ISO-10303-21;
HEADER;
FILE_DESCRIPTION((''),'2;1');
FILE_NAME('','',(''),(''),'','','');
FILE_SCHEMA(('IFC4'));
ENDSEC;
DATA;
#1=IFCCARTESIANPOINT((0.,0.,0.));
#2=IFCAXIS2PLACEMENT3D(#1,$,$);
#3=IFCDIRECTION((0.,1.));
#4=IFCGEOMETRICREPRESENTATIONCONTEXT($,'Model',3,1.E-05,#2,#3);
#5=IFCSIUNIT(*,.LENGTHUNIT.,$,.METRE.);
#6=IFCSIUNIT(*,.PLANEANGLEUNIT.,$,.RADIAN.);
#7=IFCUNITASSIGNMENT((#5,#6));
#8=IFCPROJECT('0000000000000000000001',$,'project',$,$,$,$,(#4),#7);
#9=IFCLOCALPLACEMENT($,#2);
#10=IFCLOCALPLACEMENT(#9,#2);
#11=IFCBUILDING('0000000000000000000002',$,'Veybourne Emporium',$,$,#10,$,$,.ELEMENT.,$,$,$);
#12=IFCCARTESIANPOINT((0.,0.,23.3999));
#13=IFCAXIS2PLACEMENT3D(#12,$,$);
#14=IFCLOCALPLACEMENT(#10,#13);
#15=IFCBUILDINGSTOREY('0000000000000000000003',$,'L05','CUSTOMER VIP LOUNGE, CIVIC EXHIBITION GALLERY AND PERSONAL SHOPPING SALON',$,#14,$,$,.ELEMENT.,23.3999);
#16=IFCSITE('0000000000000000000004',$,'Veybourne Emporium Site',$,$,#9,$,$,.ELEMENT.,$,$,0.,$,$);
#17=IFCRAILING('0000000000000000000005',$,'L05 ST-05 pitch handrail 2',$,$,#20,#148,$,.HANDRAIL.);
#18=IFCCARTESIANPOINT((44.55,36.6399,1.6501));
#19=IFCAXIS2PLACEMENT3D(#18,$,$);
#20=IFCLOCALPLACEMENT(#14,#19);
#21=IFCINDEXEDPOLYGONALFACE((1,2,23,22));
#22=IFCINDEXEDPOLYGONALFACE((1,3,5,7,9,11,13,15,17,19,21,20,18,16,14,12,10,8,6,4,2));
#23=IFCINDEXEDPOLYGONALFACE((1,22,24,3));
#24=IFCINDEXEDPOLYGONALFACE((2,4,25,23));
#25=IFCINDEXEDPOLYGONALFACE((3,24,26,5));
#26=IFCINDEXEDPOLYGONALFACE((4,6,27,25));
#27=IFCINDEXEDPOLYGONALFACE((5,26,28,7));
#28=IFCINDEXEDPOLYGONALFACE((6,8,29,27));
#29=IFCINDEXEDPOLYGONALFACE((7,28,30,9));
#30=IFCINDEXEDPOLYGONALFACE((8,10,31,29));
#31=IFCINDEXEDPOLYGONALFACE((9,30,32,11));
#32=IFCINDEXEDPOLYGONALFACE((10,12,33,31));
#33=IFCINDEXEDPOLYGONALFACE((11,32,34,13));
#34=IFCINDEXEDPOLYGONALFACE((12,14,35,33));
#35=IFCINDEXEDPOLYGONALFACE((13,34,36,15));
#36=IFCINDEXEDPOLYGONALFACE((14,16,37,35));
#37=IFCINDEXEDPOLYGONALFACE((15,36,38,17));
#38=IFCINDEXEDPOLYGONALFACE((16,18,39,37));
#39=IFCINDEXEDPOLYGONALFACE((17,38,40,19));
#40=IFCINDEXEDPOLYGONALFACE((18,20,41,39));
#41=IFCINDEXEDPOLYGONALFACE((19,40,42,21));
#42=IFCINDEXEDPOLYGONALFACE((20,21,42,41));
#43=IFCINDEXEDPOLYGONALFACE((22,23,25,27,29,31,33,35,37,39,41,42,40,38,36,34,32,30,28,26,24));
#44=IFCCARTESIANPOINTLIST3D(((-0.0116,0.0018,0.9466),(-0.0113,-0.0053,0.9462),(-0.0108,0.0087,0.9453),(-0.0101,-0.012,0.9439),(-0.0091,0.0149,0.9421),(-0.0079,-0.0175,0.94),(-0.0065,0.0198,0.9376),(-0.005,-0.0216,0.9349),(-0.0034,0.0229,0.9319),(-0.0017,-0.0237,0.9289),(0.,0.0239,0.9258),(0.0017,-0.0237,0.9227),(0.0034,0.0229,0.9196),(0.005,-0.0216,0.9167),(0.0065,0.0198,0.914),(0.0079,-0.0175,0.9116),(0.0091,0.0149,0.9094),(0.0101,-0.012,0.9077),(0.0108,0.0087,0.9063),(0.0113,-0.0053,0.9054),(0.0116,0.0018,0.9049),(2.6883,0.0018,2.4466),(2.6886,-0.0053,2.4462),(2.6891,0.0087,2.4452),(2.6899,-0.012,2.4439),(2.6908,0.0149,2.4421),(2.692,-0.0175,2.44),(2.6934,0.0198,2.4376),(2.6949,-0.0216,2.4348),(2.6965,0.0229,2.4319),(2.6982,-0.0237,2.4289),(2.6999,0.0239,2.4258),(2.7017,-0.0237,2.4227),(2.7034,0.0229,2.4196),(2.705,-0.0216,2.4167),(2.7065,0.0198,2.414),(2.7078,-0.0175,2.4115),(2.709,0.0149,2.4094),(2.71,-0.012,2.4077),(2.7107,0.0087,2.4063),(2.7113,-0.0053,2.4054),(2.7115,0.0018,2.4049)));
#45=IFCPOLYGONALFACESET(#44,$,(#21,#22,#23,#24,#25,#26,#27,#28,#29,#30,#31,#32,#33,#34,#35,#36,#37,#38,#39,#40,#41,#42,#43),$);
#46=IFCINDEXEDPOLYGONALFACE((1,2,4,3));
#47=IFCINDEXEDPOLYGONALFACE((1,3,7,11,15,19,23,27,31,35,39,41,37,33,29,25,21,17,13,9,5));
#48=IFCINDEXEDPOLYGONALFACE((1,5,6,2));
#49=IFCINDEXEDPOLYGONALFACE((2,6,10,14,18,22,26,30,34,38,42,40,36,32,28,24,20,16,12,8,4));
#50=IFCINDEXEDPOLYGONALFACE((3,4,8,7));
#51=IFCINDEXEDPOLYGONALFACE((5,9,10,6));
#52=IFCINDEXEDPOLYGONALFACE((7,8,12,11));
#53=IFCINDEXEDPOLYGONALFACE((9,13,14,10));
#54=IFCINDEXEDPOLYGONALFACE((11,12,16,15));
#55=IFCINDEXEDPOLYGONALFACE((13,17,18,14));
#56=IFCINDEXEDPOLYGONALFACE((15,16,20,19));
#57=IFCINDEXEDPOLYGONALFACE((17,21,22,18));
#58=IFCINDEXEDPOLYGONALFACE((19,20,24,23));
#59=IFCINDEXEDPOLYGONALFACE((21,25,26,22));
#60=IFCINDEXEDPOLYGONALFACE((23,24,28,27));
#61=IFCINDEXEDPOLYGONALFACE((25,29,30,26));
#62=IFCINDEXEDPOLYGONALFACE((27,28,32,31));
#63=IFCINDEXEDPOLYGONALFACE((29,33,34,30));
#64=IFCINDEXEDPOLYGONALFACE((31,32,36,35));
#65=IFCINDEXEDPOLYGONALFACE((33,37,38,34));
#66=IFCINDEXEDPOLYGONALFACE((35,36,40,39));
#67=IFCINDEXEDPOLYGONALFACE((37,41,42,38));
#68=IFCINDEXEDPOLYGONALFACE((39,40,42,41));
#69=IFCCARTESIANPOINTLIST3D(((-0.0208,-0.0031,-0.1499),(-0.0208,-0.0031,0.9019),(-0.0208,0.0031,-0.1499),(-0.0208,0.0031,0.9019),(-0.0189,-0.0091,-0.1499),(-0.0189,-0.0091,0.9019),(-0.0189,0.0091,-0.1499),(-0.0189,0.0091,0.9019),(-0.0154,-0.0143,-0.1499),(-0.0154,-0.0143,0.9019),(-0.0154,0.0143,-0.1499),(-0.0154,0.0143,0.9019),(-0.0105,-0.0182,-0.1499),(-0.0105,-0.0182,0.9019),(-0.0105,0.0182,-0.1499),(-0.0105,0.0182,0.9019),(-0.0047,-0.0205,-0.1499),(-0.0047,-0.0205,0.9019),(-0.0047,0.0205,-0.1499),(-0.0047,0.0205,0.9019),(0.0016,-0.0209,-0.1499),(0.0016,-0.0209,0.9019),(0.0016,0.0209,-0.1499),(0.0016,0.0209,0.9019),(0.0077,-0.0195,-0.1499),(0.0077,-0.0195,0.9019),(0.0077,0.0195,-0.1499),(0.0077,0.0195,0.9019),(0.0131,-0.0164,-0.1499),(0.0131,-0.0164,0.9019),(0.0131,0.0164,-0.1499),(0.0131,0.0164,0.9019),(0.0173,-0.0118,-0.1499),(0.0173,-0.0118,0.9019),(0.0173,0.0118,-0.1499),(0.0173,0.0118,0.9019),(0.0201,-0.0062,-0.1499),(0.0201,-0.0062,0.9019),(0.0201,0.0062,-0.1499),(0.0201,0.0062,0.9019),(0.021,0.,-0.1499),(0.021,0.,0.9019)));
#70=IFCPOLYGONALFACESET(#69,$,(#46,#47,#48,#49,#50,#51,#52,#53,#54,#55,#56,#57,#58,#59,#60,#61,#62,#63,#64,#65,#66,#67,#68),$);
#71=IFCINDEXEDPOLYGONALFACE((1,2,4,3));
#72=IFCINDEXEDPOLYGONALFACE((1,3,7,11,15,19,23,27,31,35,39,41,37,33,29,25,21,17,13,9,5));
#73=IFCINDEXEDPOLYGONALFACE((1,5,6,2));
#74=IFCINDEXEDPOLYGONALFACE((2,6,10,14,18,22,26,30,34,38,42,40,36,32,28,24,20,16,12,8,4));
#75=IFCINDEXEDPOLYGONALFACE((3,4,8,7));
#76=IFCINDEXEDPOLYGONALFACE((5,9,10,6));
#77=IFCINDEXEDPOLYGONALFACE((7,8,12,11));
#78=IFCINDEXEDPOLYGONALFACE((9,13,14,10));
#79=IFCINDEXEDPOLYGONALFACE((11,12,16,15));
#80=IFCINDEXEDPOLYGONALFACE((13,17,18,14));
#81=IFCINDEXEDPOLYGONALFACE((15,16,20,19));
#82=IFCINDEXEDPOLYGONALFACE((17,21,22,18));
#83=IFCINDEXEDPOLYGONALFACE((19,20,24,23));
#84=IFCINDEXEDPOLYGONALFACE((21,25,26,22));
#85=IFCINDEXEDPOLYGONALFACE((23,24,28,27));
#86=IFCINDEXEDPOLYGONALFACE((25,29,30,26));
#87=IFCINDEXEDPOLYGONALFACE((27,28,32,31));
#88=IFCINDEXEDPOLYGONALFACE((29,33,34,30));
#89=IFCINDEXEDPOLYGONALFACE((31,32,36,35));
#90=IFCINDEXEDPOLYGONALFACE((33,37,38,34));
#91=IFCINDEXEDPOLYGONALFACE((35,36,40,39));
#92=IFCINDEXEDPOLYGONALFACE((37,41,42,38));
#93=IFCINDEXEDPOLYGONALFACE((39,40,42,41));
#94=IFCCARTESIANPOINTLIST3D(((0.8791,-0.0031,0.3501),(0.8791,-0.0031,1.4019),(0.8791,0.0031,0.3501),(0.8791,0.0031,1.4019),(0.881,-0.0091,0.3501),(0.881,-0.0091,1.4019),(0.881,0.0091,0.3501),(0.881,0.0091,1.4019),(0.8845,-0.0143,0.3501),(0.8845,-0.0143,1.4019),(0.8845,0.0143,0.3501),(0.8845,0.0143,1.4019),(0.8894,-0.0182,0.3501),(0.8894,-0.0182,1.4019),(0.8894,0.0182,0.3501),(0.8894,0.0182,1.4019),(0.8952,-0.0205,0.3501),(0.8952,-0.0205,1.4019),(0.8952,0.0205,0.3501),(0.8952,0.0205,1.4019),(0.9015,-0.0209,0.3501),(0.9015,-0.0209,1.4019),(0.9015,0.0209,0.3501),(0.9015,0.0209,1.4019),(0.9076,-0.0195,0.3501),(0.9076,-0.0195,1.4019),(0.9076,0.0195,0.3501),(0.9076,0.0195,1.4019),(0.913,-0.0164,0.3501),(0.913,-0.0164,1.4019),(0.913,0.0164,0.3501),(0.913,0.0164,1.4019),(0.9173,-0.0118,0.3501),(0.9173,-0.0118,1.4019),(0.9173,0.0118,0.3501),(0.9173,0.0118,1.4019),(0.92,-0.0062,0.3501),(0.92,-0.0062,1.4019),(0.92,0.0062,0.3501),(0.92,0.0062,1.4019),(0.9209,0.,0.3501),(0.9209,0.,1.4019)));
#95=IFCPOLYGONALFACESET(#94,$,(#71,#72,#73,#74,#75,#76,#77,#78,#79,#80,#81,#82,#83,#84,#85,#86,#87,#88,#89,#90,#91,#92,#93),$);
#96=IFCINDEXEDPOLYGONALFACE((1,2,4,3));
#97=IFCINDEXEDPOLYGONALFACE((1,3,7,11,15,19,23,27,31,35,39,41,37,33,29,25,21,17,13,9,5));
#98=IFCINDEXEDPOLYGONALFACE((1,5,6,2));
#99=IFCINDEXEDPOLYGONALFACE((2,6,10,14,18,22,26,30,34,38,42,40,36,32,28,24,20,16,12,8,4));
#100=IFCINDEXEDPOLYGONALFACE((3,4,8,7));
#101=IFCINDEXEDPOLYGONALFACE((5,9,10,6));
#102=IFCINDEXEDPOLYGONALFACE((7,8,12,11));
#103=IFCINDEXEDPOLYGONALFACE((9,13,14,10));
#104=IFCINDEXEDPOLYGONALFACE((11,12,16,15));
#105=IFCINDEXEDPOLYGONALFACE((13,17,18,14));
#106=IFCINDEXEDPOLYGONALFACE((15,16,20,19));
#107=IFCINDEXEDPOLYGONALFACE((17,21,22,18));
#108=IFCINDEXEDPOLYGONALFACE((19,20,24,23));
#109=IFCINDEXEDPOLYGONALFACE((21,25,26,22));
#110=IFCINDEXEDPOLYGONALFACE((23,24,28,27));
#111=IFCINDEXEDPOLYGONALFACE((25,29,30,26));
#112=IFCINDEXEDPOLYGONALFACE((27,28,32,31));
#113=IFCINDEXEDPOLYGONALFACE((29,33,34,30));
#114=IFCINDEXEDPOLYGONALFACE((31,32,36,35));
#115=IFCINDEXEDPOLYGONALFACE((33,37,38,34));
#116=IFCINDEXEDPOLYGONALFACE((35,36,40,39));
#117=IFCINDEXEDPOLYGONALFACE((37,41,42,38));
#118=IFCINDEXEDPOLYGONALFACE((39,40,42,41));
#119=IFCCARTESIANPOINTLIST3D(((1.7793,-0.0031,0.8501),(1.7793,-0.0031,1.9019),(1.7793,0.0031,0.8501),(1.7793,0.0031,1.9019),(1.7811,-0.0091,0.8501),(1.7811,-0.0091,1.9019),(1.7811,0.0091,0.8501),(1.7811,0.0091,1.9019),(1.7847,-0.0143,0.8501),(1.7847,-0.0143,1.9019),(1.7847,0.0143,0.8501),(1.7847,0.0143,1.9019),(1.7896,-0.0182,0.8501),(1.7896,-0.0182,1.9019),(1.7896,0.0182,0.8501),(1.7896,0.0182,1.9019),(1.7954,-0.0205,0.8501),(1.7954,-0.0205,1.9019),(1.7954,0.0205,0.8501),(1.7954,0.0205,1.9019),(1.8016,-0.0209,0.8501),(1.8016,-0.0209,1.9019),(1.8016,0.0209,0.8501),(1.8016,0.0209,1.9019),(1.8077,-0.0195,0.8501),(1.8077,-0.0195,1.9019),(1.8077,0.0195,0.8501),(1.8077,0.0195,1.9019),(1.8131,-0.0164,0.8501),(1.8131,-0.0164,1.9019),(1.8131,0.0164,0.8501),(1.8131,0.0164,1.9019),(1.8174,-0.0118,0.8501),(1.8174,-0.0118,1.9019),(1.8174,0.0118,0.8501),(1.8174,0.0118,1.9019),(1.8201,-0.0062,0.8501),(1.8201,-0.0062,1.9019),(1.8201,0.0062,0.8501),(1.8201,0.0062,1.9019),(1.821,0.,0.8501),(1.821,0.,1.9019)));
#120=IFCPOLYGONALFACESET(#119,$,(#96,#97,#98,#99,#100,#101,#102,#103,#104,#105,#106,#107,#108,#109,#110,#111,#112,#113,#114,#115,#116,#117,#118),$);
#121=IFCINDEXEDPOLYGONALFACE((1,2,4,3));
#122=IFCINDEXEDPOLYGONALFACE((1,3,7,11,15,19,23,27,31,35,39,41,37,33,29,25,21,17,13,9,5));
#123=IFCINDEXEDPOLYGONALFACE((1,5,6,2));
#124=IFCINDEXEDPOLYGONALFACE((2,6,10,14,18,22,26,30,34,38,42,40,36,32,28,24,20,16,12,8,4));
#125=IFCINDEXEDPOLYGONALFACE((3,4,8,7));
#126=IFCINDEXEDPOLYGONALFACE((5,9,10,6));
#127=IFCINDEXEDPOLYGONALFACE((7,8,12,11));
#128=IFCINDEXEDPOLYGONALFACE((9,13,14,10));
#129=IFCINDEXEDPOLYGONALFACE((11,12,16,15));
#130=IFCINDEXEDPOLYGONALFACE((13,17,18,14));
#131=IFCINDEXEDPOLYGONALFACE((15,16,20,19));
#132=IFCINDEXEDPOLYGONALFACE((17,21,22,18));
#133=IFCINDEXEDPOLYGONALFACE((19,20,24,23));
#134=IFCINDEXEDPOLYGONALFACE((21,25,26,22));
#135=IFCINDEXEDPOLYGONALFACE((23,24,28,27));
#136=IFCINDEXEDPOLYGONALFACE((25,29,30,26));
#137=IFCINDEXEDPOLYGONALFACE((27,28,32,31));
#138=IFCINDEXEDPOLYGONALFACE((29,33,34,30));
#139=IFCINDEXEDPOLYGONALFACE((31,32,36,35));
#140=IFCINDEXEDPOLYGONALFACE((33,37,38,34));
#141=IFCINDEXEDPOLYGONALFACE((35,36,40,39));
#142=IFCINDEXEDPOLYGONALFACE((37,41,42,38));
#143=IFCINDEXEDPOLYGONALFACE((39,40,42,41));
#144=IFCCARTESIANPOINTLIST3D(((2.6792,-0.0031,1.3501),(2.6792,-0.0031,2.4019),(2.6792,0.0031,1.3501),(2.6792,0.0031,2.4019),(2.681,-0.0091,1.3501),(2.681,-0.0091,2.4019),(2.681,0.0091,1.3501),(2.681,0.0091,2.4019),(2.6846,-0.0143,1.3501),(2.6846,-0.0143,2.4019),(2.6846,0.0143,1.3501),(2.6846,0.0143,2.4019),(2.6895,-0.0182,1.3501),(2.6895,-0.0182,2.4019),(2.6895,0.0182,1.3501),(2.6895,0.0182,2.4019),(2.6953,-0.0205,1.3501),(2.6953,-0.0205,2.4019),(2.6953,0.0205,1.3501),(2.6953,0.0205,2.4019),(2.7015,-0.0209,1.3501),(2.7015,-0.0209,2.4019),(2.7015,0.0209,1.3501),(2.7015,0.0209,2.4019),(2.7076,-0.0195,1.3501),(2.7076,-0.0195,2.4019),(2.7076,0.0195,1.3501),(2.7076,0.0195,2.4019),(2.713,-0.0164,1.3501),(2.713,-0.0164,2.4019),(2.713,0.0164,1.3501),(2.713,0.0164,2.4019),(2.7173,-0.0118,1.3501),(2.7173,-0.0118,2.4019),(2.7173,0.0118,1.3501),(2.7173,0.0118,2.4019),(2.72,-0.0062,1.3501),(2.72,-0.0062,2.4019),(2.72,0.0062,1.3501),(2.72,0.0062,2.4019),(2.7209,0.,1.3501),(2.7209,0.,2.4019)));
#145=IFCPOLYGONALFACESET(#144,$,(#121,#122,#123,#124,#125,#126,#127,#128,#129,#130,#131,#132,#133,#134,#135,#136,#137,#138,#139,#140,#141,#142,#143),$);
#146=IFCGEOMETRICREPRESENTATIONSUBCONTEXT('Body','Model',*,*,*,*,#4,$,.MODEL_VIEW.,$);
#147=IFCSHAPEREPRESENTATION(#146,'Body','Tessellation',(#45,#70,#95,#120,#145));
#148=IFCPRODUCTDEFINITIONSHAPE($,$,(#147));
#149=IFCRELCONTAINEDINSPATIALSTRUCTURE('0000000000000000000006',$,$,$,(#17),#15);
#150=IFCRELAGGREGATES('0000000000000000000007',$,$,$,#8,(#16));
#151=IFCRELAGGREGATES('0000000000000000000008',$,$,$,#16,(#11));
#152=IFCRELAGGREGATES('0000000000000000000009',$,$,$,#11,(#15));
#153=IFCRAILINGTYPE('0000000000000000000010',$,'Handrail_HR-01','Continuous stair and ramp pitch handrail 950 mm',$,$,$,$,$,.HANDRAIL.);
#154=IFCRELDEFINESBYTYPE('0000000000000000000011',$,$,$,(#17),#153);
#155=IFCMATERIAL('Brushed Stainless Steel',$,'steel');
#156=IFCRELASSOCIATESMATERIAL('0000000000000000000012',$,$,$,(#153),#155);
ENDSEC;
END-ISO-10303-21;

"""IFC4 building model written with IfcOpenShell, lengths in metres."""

from ifc_helpers import new_model, si_unit, direction, frame, origin, origin_2d, place, context, subcontext, project, spatial, circle, extrude, material, type_object, element, save


model = new_model("IFC4")

# Units and contexts
model_context = context("Model", 3, precision=1e-05, world=origin(), true_north=direction((0.0, 1.0)))
body_context = subcontext(model_context, "Body", "Model", "MODEL_VIEW")
ifc_project = project(units=[si_unit("LENGTHUNIT", "METRE"), si_unit("PLANEANGLEUNIT", "RADIAN")], contexts=[model_context])

# Site, building, storey
site_placement = place(None, origin())
site = spatial("IfcSite", under=ifc_project, at=site_placement, Name="Veybourne Emporium Site", CompositionType="ELEMENT", RefElevation=0.0)
building_placement = place(site_placement, origin())
building = spatial("IfcBuilding", under=site, at=building_placement, Name="Veybourne Emporium", CompositionType="ELEMENT")
storey_placement = place(building_placement, frame((0.0, 0.0, 23.3999)))
storey = spatial("IfcBuildingStorey", under=building, at=storey_placement, Name="L05", Description="CUSTOMER VIP LOUNGE, CIVIC EXHIBITION GALLERY AND PERSONAL SHOPPING SALON", CompositionType="ELEMENT", Elevation=23.3999)

# Railing
ifc_material_1 = material(Name="Brushed Stainless Steel", Category="steel")
railing_type = type_object("IfcRailingType", Name="Handrail_HR-01", Description="Continuous stair and ramp pitch handrail 950 mm", PredefinedType="HANDRAIL", material=ifc_material_1)
railing_placement = place(storey_placement, frame((44.55, 36.6399, 1.6501)))
element("IfcRailing", 1, at=railing_placement, inside=storey, type_object=railing_type, Name="L05 ST-05 pitch handrail 2", PredefinedType="HANDRAIL", context=body_context, shape_type="SweptSolid", body=[
    extrude(circle(Radius=0.0239, at=origin_2d()), frame((0.0, 0.0, 0.9258), z_axis=(0.874154, 0.0, 0.48565), x_axis=(0.0, 1.0, 0.0)), (0.0, 0.0, 1.0), 3.0886),
    extrude(circle(Radius=0.021, at=origin_2d()), frame((0.0, 0.0, -0.1499)), (0.0, 0.0, 1.0), 1.0518),
    extrude(circle(Radius=0.021, at=origin_2d()), frame((0.8999, 0.0, 0.3501)), (0.0, 0.0, 1.0), 1.0518),
    extrude(circle(Radius=0.021, at=origin_2d()), frame((1.8, 0.0, 0.8501)), (0.0, 0.0, 1.0), 1.0518),
    extrude(circle(Radius=0.021, at=origin_2d()), frame((2.7, 0.0, 1.3501)), (0.0, 0.0, 1.0), 1.0518),
])

save(model, "model.ifc")
